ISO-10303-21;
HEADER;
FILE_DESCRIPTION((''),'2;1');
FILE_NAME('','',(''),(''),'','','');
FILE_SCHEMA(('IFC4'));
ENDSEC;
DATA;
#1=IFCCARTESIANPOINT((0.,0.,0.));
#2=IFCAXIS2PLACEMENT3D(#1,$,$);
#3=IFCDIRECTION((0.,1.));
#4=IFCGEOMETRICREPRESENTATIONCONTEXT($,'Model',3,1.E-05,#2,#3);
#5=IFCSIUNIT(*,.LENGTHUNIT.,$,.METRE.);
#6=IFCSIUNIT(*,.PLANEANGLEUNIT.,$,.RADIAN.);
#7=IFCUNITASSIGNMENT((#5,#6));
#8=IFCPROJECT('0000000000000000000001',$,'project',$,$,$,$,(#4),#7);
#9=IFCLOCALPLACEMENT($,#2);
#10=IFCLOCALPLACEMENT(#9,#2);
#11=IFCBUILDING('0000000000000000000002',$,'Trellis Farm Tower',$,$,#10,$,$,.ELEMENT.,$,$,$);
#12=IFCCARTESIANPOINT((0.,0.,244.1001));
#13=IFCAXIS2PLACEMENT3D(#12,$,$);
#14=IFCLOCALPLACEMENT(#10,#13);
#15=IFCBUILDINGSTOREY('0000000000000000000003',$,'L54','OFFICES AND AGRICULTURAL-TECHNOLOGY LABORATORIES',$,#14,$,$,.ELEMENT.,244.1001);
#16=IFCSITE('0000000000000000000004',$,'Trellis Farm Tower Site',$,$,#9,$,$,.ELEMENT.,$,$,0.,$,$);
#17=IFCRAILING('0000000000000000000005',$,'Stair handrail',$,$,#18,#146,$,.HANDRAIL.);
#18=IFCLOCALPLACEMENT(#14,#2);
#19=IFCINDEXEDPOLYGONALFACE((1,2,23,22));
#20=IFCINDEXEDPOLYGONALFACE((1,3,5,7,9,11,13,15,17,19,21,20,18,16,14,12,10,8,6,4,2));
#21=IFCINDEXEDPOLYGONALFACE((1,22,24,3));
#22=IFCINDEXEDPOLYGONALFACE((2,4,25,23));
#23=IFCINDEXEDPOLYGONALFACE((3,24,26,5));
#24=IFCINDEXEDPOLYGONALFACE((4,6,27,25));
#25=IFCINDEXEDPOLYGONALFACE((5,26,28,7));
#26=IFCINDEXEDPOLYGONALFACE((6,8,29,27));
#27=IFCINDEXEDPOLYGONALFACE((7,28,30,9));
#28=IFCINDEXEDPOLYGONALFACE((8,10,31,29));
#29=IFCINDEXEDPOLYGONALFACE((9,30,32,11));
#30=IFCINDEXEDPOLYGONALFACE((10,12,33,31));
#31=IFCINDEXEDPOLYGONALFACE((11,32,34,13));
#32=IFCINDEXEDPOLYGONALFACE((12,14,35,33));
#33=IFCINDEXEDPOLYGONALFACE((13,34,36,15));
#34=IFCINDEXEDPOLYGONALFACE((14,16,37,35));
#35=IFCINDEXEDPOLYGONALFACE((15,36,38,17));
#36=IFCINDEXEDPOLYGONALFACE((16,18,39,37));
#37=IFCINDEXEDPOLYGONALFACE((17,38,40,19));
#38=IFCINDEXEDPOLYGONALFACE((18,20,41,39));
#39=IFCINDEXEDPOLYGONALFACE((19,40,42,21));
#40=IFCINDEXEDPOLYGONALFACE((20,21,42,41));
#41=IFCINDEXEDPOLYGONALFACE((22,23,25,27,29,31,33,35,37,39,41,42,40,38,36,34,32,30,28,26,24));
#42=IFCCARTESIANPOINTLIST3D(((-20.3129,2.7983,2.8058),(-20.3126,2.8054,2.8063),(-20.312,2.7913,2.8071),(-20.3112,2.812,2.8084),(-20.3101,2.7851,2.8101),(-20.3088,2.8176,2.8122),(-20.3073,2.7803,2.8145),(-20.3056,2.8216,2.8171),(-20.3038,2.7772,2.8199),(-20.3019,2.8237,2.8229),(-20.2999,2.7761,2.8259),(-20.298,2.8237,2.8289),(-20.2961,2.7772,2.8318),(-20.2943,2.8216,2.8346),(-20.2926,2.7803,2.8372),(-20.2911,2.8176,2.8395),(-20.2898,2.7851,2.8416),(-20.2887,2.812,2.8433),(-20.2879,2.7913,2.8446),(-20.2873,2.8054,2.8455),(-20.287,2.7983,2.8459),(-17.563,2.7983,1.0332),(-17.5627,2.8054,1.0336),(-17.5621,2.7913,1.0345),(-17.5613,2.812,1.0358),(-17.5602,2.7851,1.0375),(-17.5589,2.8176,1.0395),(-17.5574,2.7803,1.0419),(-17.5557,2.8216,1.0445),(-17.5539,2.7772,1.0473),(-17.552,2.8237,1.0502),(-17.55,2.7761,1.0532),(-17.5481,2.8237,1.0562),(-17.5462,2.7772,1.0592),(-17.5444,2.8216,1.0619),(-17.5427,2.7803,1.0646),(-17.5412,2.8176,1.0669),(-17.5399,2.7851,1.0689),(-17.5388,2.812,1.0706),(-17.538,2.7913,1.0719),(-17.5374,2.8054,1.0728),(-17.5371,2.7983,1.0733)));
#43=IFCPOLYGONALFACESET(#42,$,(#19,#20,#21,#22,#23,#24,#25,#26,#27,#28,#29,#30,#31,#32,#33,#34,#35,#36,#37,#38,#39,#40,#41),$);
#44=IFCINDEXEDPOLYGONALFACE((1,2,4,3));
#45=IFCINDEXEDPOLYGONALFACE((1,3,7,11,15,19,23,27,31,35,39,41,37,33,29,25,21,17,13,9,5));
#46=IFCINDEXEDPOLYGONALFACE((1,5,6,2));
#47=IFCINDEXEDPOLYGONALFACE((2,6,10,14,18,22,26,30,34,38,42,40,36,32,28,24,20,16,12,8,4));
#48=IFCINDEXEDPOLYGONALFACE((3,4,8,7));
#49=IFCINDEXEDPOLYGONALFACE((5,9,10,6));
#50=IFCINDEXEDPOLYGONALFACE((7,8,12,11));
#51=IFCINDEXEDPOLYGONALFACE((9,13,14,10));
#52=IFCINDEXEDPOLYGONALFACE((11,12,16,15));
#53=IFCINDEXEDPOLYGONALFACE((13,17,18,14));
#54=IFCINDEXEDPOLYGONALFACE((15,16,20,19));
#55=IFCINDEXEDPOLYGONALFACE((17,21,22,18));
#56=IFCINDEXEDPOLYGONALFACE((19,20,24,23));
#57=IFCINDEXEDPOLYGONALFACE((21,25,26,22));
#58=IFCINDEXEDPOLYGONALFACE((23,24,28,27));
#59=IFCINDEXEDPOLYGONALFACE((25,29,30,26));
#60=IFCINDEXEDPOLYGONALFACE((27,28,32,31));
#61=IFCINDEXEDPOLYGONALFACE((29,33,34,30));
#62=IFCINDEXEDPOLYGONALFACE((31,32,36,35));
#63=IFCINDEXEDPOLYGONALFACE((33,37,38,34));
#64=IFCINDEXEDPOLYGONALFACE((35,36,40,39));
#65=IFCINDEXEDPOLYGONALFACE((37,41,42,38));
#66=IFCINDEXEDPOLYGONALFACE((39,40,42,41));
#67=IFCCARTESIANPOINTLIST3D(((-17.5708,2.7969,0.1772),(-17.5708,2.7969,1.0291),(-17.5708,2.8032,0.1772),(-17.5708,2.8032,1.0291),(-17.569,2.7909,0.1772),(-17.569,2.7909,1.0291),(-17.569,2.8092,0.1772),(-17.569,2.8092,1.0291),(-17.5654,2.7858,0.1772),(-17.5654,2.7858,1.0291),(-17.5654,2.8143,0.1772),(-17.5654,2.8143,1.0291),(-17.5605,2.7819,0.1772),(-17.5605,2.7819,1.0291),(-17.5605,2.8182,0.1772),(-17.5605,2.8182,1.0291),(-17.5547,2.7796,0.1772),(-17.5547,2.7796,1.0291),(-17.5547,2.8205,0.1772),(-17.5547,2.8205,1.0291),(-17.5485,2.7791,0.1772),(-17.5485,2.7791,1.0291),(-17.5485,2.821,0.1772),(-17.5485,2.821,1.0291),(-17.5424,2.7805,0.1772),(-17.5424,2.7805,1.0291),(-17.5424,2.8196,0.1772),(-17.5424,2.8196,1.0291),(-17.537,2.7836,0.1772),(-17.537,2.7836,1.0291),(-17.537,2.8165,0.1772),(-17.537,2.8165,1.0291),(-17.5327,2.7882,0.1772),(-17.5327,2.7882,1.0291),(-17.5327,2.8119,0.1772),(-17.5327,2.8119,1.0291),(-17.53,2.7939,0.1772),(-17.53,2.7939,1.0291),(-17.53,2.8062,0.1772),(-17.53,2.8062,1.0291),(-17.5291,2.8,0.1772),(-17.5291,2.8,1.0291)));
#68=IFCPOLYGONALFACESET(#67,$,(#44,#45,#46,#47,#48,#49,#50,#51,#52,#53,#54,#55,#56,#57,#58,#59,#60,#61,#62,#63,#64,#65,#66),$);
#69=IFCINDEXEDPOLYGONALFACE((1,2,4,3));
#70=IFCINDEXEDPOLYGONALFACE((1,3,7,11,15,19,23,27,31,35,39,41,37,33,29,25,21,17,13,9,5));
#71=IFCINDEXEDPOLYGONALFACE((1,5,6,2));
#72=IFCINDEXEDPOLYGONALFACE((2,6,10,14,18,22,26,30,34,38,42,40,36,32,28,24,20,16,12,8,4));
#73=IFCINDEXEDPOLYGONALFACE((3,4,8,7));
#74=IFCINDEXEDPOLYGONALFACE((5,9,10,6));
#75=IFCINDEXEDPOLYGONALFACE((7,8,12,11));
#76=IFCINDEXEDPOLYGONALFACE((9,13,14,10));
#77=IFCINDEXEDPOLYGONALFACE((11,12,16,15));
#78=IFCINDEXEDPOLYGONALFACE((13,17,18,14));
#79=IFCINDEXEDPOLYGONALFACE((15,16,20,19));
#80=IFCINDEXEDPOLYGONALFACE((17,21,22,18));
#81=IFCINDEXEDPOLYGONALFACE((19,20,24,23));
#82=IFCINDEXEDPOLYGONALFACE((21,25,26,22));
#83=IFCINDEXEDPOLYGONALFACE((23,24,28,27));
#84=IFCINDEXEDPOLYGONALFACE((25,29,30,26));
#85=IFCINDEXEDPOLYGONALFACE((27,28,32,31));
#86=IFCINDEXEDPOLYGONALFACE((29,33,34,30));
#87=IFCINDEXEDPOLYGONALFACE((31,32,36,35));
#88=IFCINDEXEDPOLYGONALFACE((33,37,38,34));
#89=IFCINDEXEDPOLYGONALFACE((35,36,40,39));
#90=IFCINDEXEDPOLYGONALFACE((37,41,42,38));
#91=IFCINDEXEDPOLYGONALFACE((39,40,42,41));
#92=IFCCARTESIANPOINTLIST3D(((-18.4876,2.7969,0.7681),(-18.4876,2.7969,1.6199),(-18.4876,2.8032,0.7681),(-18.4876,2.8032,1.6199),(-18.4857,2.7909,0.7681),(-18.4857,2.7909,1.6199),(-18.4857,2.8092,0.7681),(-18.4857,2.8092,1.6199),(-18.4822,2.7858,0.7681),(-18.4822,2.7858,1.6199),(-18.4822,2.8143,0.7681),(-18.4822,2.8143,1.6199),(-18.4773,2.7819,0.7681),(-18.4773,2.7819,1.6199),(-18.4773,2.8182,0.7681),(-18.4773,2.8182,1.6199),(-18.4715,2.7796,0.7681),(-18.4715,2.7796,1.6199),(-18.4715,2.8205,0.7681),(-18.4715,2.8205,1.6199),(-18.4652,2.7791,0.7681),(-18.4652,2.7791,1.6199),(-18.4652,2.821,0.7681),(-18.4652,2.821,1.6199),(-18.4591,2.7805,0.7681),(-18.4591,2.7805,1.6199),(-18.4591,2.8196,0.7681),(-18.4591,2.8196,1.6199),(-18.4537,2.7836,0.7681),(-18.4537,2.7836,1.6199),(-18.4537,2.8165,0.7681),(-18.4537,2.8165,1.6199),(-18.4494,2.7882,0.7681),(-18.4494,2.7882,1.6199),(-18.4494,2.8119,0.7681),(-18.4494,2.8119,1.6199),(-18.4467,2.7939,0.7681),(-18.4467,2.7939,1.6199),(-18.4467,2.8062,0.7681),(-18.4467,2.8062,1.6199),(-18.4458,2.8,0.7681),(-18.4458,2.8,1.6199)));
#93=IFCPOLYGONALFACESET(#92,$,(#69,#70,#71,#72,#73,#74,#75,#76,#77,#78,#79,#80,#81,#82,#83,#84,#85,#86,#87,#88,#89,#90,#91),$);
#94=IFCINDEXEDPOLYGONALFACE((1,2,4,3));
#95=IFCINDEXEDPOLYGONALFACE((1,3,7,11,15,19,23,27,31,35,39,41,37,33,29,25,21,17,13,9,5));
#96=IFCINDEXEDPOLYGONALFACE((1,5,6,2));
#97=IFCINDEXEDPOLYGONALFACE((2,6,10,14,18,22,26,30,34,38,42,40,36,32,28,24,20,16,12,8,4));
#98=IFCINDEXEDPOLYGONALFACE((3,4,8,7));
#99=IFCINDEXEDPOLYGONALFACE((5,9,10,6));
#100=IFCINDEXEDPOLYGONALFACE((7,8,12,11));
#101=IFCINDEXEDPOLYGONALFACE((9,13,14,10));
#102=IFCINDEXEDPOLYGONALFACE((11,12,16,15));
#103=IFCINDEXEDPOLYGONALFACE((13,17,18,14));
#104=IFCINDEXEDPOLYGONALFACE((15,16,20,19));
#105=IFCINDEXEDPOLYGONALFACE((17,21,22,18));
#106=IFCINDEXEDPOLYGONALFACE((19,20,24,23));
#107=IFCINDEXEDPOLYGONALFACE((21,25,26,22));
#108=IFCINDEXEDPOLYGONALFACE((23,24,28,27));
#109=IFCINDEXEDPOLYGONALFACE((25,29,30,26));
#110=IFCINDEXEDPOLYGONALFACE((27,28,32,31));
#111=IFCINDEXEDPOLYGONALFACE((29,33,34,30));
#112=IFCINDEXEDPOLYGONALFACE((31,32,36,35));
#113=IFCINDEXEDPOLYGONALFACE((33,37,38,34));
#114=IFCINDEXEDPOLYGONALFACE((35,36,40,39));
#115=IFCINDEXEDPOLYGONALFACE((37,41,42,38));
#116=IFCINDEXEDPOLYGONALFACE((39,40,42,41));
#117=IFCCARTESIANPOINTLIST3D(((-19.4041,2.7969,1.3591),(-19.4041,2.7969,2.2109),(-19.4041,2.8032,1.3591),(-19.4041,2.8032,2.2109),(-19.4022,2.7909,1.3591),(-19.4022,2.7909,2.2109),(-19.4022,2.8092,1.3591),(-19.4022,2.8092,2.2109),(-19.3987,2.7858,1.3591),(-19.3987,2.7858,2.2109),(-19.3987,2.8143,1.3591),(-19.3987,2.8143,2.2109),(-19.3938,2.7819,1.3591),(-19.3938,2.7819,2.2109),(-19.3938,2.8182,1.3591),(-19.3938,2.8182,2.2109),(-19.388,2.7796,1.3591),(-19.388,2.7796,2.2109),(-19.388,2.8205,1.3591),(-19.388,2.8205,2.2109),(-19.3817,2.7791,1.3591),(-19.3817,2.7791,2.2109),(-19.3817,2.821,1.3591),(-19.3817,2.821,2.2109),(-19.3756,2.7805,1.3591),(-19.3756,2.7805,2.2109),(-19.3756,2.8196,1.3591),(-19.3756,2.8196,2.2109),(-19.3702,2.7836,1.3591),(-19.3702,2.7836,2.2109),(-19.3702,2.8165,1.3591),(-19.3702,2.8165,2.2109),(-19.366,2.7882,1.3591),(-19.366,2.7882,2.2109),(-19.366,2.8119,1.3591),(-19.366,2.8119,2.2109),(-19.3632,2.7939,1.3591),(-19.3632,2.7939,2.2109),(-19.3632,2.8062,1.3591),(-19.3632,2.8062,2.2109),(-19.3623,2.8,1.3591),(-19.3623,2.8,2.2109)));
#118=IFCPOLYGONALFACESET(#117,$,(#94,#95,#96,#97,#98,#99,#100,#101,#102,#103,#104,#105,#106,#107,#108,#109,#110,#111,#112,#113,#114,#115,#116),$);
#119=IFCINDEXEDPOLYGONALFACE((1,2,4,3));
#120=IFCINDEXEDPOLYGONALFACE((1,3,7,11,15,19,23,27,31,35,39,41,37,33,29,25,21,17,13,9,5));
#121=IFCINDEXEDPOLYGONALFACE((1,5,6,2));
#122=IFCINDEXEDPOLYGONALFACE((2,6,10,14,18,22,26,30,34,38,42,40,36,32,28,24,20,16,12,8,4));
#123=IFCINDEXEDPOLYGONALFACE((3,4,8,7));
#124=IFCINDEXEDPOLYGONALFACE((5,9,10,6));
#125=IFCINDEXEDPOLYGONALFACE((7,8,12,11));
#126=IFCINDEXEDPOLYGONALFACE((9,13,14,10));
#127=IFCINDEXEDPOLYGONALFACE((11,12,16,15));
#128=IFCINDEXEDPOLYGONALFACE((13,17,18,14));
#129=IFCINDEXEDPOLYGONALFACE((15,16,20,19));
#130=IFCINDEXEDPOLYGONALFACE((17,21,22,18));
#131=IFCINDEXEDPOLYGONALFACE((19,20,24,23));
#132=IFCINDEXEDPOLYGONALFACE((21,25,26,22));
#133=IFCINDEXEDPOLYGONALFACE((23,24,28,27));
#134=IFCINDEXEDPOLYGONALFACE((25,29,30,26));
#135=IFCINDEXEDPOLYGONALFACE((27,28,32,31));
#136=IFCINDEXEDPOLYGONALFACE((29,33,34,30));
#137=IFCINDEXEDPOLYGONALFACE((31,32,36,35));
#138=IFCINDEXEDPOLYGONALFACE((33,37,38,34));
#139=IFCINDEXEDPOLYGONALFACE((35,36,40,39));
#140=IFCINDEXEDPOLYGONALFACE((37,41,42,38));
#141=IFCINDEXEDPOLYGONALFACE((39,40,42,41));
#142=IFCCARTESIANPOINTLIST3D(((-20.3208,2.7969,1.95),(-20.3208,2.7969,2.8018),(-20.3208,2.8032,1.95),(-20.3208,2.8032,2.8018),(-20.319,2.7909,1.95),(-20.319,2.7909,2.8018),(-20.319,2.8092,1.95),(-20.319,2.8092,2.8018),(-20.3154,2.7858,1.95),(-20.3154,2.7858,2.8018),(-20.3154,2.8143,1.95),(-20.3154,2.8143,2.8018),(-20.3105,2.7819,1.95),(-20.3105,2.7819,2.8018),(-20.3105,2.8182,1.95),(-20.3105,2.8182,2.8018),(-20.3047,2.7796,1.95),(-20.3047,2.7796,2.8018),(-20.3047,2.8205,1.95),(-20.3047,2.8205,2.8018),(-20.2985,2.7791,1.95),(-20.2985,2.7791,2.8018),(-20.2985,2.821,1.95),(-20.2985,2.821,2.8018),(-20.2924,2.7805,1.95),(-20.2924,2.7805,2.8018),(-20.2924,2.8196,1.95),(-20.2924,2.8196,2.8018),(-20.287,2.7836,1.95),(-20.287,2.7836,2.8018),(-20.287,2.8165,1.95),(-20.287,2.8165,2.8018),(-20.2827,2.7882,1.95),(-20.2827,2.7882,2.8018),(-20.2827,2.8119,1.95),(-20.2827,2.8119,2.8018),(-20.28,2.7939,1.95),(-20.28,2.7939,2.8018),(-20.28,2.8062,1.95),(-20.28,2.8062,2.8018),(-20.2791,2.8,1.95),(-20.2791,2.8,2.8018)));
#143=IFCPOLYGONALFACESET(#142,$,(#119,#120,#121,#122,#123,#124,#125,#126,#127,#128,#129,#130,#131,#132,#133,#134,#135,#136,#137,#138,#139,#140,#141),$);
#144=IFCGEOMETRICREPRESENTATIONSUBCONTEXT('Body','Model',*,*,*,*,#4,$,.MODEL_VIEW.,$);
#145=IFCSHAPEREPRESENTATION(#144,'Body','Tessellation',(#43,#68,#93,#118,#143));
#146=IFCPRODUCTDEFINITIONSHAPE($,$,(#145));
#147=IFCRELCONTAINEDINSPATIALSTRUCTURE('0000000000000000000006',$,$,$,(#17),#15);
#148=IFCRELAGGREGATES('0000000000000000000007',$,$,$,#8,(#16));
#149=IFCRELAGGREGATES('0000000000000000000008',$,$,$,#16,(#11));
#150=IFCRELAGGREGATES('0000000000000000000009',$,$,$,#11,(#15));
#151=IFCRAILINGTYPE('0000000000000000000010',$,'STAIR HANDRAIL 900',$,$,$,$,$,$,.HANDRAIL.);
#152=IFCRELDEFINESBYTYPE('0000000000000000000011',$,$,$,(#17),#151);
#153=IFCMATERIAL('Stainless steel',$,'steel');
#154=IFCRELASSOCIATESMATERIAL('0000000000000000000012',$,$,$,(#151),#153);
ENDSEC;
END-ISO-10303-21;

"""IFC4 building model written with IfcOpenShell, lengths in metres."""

from ifc_helpers import new_model, si_unit, direction, frame, origin, origin_2d, place, context, subcontext, project, spatial, circle, extrude, source, transform, mapped, material, type_object, element, save


model = new_model("IFC4")

# Units and contexts
model_context = context("Model", 3, precision=1e-05, world=origin(), true_north=direction((0.0, 1.0)))
body_context = subcontext(model_context, "Body", "Model", "MODEL_VIEW")
ifc_project = project(units=[si_unit("LENGTHUNIT", "METRE"), si_unit("PLANEANGLEUNIT", "RADIAN")], contexts=[model_context])

# Site, building, storey
site_placement = place(None, origin())
site = spatial("IfcSite", under=ifc_project, at=site_placement, Name="Trellis Farm Tower Site", CompositionType="ELEMENT", RefElevation=0.0)
building_placement = place(site_placement, origin())
building = spatial("IfcBuilding", under=site, at=building_placement, Name="Trellis Farm Tower", CompositionType="ELEMENT")
storey_placement = place(building_placement, frame((0.0, 0.0, 244.1001)))
storey = spatial("IfcBuildingStorey", under=building, at=storey_placement, Name="L54", Description="OFFICES AND AGRICULTURAL-TECHNOLOGY LABORATORIES", CompositionType="ELEMENT", Elevation=244.1001)

# Railing
ifc_material_1 = material(Name="Stainless steel", Category="steel")
railing_type = type_object("IfcRailingType", Name="STAIR HANDRAIL 900", PredefinedType="HANDRAIL", material=ifc_material_1)
shared_shape_1 = source(origin(), body_context, "Body", "SweptSolid", [
    extrude(circle(Radius=0.0239, at=origin_2d()), frame((0.0, 0.0, 0.876), z_axis=(-0.840504, 0.0, 0.541806), x_axis=(0.0, -1.0, 0.0)), (0.0, 0.0, 1.0), 3.2717),
    extrude(circle(Radius=0.021, at=origin_2d()), origin(), (0.0, 0.0, 1.0), 0.8518),
    extrude(circle(Radius=0.021, at=origin_2d()), frame((-0.9167, 0.0, 0.5908)), (0.0, 0.0, 1.0), 0.8518),
    extrude(circle(Radius=0.021, at=origin_2d()), frame((-1.8333, 0.0, 1.1819)), (0.0, 0.0, 1.0), 0.8518),
    extrude(circle(Radius=0.021, at=origin_2d()), frame((-2.75, 0.0, 1.7727)), (0.0, 0.0, 1.0), 0.8518),
])
for number, where, name in (
    (1, (-17.55, 2.8, 0.1772), "Stair handrail"),
):
    element("IfcRailing", number, at=place(storey_placement, frame(where)), inside=storey, type_object=railing_type, Name=name, PredefinedType="HANDRAIL", context=body_context, shape_type="MappedRepresentation", body=[
        mapped(shared_shape_1, transform((0.0, 0.0, 0.0))),
    ])

save(model, "model.ifc")
